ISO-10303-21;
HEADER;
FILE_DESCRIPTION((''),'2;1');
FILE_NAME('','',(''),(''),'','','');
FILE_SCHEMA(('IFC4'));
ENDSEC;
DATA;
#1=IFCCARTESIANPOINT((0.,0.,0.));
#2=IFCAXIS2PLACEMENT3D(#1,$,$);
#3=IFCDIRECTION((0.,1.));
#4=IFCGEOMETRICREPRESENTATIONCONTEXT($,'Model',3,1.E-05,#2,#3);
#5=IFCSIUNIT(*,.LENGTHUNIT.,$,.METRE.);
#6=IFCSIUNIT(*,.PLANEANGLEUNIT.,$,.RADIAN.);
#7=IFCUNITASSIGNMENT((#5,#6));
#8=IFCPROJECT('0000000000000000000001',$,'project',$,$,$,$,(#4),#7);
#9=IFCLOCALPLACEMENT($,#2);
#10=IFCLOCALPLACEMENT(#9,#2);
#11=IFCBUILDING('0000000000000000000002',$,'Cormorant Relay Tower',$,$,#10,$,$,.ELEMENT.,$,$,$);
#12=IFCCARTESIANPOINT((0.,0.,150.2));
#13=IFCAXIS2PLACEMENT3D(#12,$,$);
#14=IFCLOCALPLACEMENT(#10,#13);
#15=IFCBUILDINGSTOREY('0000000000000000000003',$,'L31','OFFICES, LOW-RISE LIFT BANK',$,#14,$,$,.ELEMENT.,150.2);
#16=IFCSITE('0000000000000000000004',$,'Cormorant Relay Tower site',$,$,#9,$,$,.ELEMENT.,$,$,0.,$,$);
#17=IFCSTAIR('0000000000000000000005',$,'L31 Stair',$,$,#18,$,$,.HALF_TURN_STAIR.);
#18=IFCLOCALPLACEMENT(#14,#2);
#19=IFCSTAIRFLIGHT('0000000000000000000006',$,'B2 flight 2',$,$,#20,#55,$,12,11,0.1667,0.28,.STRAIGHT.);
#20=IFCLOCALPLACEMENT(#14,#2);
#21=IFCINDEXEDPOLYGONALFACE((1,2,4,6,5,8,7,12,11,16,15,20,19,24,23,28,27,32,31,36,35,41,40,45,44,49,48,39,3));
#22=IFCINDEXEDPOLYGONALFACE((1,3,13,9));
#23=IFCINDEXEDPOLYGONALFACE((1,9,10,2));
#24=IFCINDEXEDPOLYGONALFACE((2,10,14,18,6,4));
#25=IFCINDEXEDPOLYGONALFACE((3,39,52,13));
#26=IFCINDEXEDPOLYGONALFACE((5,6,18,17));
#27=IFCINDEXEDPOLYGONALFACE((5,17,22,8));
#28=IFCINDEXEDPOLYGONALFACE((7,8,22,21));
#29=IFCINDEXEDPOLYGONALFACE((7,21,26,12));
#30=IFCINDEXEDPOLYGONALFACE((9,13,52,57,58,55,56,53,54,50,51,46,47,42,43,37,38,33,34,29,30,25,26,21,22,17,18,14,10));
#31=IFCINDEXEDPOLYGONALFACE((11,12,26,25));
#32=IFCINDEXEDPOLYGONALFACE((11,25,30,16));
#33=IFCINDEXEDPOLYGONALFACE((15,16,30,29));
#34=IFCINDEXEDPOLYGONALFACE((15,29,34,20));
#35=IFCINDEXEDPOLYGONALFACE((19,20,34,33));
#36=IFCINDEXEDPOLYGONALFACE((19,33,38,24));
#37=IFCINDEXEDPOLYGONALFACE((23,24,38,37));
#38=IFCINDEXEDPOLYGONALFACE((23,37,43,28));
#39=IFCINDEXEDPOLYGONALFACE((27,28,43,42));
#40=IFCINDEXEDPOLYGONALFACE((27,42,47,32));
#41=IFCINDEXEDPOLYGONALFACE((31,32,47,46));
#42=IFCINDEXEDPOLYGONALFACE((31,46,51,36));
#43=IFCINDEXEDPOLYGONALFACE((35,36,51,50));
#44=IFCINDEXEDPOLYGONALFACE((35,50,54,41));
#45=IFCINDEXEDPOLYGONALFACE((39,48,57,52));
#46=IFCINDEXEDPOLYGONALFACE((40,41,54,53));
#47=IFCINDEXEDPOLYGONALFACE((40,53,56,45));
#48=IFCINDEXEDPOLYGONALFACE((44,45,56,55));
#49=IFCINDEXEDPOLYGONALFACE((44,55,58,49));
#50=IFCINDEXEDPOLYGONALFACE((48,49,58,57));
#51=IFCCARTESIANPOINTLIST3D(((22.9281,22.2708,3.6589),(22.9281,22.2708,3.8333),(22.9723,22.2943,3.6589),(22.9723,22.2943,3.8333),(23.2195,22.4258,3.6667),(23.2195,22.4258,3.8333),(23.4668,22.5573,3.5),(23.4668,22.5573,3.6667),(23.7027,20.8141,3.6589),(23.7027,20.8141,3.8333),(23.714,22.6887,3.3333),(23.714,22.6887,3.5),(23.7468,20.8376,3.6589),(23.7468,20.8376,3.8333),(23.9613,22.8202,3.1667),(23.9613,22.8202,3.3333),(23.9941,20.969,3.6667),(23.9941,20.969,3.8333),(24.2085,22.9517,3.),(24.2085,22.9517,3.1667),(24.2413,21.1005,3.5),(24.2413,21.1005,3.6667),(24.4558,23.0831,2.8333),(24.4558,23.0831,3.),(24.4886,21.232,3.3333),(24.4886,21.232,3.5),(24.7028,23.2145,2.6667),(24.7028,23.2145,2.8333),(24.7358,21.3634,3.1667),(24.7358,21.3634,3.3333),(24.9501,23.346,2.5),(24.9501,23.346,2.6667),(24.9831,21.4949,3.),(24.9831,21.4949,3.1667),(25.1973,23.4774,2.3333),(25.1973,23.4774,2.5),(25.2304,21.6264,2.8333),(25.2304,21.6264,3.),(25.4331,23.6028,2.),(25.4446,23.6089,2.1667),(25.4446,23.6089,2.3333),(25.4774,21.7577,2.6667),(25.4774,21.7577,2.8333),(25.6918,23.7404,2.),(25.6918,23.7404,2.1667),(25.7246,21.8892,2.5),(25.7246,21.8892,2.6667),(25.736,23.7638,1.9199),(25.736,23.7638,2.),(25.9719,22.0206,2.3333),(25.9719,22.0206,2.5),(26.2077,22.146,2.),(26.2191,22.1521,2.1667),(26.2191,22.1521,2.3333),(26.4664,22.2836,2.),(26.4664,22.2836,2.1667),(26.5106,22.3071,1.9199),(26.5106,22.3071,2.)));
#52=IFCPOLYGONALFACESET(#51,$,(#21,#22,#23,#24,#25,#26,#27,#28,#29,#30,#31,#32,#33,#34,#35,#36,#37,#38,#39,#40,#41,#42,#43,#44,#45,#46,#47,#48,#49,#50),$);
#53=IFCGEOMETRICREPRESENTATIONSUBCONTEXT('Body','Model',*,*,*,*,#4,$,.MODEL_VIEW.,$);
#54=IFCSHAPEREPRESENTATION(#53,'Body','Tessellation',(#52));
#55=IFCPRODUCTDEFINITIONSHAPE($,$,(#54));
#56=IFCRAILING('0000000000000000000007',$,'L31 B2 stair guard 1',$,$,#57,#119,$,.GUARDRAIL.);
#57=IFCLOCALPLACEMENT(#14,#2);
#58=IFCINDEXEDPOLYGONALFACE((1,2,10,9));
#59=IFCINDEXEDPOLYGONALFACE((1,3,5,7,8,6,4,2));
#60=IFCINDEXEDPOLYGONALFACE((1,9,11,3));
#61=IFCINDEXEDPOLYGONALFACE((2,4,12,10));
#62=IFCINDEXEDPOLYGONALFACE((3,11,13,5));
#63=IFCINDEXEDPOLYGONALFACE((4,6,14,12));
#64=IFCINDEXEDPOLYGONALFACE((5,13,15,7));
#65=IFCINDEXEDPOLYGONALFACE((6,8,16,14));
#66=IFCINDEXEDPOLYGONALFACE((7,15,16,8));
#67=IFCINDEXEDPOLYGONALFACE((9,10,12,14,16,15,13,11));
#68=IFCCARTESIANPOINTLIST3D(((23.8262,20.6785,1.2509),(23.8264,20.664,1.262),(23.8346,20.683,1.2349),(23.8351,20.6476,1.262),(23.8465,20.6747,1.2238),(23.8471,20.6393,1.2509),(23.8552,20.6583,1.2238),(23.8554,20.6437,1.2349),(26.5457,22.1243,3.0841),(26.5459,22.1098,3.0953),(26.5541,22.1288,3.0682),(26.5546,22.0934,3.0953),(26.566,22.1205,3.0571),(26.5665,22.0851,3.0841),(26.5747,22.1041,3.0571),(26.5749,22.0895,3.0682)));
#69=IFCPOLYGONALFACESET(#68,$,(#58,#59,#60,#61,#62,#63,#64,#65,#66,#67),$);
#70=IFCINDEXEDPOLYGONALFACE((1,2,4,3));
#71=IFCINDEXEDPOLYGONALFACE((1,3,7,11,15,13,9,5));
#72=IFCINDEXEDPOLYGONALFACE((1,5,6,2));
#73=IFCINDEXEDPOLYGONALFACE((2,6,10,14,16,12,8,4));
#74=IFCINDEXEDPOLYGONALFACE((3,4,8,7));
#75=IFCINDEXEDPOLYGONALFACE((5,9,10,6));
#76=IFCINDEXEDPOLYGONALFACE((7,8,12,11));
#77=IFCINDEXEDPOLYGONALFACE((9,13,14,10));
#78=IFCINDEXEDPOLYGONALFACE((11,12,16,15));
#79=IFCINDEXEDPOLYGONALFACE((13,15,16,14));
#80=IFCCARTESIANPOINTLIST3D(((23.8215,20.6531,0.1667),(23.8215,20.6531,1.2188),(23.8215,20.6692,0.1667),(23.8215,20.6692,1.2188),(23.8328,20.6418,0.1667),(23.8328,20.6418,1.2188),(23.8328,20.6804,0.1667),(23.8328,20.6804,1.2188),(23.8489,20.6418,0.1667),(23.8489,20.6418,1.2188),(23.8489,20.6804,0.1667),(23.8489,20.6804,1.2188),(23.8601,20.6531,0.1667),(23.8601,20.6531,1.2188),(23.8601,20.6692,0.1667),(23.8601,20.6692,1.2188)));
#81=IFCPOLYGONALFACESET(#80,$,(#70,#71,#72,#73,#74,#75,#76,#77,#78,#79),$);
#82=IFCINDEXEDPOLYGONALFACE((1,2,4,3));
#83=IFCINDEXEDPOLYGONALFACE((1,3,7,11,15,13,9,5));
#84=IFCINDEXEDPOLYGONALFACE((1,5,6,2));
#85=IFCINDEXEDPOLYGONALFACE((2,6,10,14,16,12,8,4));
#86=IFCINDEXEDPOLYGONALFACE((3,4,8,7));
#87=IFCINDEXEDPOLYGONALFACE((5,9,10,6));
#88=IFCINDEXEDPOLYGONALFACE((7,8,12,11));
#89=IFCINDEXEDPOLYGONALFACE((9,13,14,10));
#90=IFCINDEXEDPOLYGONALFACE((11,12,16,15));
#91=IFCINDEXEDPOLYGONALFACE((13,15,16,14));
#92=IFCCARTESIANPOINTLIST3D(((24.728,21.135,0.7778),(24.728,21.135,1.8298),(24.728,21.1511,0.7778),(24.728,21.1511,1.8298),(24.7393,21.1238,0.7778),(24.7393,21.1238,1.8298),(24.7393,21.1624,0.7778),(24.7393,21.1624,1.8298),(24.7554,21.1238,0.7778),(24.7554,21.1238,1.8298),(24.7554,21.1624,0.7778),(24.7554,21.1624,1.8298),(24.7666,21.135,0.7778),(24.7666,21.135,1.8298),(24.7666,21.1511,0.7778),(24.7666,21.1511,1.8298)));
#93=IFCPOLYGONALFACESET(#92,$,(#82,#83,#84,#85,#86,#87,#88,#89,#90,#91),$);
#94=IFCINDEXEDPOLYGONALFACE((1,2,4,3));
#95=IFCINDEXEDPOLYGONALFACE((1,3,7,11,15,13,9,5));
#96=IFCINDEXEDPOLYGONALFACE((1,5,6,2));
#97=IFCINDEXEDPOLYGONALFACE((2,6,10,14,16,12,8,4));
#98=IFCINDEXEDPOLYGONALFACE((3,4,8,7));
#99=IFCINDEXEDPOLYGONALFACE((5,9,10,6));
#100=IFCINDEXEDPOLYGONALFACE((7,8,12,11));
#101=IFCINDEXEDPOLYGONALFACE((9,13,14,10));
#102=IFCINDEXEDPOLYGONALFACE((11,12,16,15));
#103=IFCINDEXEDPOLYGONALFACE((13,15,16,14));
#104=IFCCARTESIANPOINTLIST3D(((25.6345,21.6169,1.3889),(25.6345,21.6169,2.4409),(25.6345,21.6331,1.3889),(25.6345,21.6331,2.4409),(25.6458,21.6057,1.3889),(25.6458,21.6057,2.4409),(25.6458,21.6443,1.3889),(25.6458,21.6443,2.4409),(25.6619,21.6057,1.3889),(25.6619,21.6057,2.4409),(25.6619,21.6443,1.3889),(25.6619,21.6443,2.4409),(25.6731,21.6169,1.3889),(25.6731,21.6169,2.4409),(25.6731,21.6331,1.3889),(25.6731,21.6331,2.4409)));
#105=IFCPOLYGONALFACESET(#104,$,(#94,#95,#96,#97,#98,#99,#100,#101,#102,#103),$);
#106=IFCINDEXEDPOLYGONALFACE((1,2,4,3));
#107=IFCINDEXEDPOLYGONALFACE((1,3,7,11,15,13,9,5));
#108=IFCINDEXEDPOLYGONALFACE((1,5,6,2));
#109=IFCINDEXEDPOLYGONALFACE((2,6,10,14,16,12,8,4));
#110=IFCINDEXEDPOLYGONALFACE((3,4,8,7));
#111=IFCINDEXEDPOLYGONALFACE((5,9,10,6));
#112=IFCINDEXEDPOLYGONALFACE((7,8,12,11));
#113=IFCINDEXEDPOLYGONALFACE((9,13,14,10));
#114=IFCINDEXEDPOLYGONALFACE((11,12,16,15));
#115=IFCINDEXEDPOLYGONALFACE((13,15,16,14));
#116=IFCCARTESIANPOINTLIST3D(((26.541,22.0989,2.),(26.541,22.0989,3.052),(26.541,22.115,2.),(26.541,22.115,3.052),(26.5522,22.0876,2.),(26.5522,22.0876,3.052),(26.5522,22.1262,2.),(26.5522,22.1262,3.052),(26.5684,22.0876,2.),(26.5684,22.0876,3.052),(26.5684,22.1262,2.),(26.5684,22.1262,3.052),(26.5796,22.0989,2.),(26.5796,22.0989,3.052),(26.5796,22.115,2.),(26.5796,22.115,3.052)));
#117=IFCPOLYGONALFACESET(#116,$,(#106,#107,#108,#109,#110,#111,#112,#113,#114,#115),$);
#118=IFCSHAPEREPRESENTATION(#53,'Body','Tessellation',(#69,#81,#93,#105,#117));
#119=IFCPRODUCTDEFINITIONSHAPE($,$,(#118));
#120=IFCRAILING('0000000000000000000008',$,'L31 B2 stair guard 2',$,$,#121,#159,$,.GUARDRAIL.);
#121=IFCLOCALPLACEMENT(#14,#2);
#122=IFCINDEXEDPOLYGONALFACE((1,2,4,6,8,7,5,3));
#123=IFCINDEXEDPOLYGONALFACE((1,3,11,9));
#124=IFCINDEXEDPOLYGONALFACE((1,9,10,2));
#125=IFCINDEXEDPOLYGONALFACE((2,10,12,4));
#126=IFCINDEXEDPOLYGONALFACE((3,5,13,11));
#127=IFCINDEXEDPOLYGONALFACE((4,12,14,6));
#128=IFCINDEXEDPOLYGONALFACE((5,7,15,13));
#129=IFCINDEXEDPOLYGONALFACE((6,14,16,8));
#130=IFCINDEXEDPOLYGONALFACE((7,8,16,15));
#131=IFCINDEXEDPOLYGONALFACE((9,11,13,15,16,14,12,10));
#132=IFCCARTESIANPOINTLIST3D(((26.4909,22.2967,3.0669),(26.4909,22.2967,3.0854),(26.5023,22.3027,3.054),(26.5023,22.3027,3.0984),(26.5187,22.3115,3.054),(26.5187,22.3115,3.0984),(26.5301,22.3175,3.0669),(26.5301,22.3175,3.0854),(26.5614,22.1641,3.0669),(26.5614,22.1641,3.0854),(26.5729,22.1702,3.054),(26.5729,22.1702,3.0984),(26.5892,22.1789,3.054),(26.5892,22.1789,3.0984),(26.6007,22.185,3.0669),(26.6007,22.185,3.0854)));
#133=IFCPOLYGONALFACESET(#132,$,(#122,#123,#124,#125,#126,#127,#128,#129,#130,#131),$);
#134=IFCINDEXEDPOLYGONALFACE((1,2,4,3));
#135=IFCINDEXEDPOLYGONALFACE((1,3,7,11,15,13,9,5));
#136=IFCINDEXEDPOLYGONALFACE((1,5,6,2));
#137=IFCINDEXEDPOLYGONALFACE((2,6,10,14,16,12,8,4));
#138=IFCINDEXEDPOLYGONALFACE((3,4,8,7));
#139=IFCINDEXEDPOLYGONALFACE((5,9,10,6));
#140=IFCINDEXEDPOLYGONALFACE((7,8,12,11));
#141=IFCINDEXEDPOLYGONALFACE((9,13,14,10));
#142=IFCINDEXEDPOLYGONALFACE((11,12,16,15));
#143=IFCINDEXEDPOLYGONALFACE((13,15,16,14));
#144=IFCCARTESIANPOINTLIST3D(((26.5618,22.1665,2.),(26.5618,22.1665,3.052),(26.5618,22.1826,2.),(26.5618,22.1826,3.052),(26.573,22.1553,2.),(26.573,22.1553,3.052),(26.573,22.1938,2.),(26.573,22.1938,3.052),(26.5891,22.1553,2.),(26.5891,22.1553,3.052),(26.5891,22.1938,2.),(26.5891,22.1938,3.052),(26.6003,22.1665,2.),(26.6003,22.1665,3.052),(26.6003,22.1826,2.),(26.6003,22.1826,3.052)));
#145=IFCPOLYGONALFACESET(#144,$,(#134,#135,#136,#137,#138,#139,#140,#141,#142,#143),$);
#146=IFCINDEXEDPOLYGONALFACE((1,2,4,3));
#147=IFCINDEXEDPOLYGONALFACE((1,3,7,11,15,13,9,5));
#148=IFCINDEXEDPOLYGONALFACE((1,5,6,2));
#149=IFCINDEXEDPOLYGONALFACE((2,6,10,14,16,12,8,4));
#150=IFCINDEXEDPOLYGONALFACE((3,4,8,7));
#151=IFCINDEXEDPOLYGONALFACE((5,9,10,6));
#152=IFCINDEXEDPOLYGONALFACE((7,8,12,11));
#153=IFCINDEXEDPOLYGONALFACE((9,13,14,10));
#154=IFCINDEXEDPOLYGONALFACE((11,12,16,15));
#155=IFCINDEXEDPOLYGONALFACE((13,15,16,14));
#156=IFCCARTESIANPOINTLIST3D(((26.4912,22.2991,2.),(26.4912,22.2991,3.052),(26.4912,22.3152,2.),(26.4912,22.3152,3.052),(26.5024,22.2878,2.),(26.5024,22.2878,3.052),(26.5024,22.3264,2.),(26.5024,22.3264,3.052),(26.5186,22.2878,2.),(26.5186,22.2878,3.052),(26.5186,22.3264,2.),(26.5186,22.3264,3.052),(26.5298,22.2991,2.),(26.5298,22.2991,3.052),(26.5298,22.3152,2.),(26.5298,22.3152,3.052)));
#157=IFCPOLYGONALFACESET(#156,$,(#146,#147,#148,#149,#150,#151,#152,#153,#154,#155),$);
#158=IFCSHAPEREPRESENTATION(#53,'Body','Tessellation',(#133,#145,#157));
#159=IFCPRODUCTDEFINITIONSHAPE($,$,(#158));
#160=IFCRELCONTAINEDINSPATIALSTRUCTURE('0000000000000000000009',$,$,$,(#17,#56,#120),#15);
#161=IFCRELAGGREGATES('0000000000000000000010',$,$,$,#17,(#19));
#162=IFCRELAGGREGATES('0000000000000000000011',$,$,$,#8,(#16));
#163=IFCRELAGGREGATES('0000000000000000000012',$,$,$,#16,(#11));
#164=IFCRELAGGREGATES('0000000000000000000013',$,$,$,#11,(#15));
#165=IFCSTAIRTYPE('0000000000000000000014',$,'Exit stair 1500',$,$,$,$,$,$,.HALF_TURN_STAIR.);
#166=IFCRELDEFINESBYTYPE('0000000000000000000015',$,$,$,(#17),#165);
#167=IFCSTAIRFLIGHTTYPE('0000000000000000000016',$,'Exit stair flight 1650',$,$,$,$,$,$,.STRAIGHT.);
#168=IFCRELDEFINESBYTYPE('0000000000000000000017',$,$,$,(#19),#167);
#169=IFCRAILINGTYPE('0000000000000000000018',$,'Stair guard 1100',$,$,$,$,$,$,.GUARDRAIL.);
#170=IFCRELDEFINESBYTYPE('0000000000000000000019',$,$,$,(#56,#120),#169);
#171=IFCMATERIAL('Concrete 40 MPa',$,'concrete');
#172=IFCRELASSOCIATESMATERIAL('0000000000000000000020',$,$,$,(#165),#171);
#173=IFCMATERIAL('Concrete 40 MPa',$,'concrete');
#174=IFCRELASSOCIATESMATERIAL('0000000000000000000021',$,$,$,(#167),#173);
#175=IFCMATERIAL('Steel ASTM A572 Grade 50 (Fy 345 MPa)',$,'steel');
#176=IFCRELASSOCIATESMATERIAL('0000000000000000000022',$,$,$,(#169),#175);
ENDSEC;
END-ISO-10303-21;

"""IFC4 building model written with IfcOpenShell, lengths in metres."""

from ifc_helpers import new_model, si_unit, direction, frame, origin, place, context, subcontext, project, spatial, polyline, outline, extrude, material, type_object, element, aggregate, save


model = new_model("IFC4")

# Units and contexts
model_context = context("Model", 3, precision=1e-05, world=origin(), true_north=direction((0.0, 1.0)))
body_context = subcontext(model_context, "Body", "Model", "MODEL_VIEW")
ifc_project = project(units=[si_unit("LENGTHUNIT", "METRE"), si_unit("PLANEANGLEUNIT", "RADIAN")], contexts=[model_context])

# Site, building, storey
site_placement = place(None, origin())
site = spatial("IfcSite", under=ifc_project, at=site_placement, Name="Cormorant Relay Tower site", CompositionType="ELEMENT", RefElevation=0.0)
building_placement = place(site_placement, origin())
building = spatial("IfcBuilding", under=site, at=building_placement, Name="Cormorant Relay Tower", CompositionType="ELEMENT")
storey_placement = place(building_placement, frame((0.0, 0.0, 150.2)))
storey = spatial("IfcBuildingStorey", under=building, at=storey_placement, Name="L31", Description="OFFICES, LOW-RISE LIFT BANK", CompositionType="ELEMENT", Elevation=150.2)

# Stair, stair flight
ifc_material_1 = material(Name="Concrete 40 MPa", Category="concrete")
stair_type = type_object("IfcStairType", Name="Exit stair 1500", PredefinedType="HALF_TURN_STAIR", material=ifc_material_1)
stair_placement = place(storey_placement, origin())
stair = element("IfcStair", 1, at=stair_placement, inside=storey, type_object=stair_type, Name="L31 Stair", PredefinedType="HALF_TURN_STAIR")
ifc_material_2 = material(Name="Concrete 40 MPa", Category="concrete")
stair_flight_type = type_object("IfcStairFlightType", Name="Exit stair flight 1650", PredefinedType="STRAIGHT", material=ifc_material_2)
stair_flight_placement = place(storey_placement, frame((26.0791, 23.012, 2.0), z_axis=(0.0, 0.0, 1.0), x_axis=(-0.882948, -0.469472, 0.0)))
stair_flight = element("IfcStairFlight", 2, at=stair_flight_placement, type_object=stair_flight_type, Name="B2 flight 2", NumberOfRisers=12, NumberOfTreads=11, PredefinedType="STRAIGHT", RiserHeight=0.1667, TreadLength=0.28, context=body_context, shape_type="SweptSolid", body=[
    extrude(outline(polyline([(-0.05, -0.0801), (-0.05, 0.0), (0.0, 0.0), (0.0, 0.1667), (0.28, 0.1667), (0.28, 0.3333), (0.5601, 0.3333), (0.5601, 0.5), (0.8401, 0.5), (0.8401, 0.6667), (1.1201, 0.6667), (1.1201, 0.8333), (1.3999, 0.8333), (1.3999, 1.0), (1.6799, 1.0), (1.6799, 1.1667), (1.96, 1.1667), (1.96, 1.3333), (2.24, 1.3333), (2.24, 1.5), (2.52, 1.5), (2.52, 1.6667), (2.8, 1.6667), (2.8, 1.8333), (3.0801, 1.8333), (3.1301, 1.8333), (3.1301, 1.6589), (3.0801, 1.6589), (0.293, 0.0), (-0.05, -0.0801)])), frame((0.0, 0.825, 0.0), z_axis=(0.0, -1.0, 0.0), x_axis=(1.0, 0.0, 0.0)), (0.0, 0.0, 1.0), 1.6499),
])
aggregate(stair, [stair_flight])

# Railings
ifc_material_3 = material(Name="Steel ASTM A572 Grade 50 (Fy 345 MPa)", Category="steel")
railing_type_1 = type_object("IfcRailingType", Name="Stair guard 1100", PredefinedType="GUARDRAIL", material=ifc_material_3)
railing_1_placement = place(storey_placement, frame((23.8408, 20.6611, 0.1667)))
element("IfcRailing", 3, at=railing_1_placement, inside=storey, type_object=railing_type_1, Name="L31 B2 stair guard 1", PredefinedType="GUARDRAIL", context=body_context, shape_type="SweptSolid", body=[
    extrude(outline(polyline([(0.0222, 0.0093), (0.0093, 0.0222), (-0.0093, 0.0222), (-0.0222, 0.0093), (-0.0222, -0.0093), (-0.0093, -0.0222), (0.0093, -0.0222), (0.0222, -0.0093), (0.0222, 0.0093)])), frame((0.0, 0.0, 1.0762), z_axis=(0.758735, 0.403378, 0.511477), x_axis=(-0.469428, 0.882971, 0.0)), (0.0, 0.0, 1.0), 3.5842),
    extrude(outline(polyline([(0.0193, 0.0081), (0.0081, 0.0193), (-0.0081, 0.0193), (-0.0193, 0.0081), (-0.0193, -0.0081), (-0.0081, -0.0193), (0.0081, -0.0193), (0.0193, -0.0081), (0.0193, 0.0081)])), origin(), (0.0, 0.0, 1.0), 1.052),
    extrude(outline(polyline([(0.0193, 0.0081), (0.0081, 0.0193), (-0.0081, 0.0193), (-0.0193, 0.0081), (-0.0193, -0.0081), (-0.0081, -0.0193), (0.0081, -0.0193), (0.0193, -0.0081), (0.0193, 0.0081)])), frame((0.9065, 0.4819, 0.6111)), (0.0, 0.0, 1.0), 1.052),
    extrude(outline(polyline([(0.0193, 0.0081), (0.0081, 0.0193), (-0.0081, 0.0193), (-0.0193, 0.0081), (-0.0193, -0.0081), (-0.0081, -0.0193), (0.0081, -0.0193), (0.0193, -0.0081), (0.0193, 0.0081)])), frame((1.813, 0.9639, 1.2222)), (0.0, 0.0, 1.0), 1.052),
    extrude(outline(polyline([(0.0193, 0.0081), (0.0081, 0.0193), (-0.0081, 0.0193), (-0.0193, 0.0081), (-0.0193, -0.0081), (-0.0081, -0.0193), (0.0081, -0.0193), (0.0193, -0.0081), (0.0193, 0.0081)])), frame((2.7195, 1.4458, 1.8333)), (0.0, 0.0, 1.0), 1.052),
])
railing_2_placement = place(storey_placement, frame((26.5811, 22.1746, 2.0)))
element("IfcRailing", 4, at=railing_2_placement, inside=storey, type_object=railing_type_1, Name="L31 B2 stair guard 2", PredefinedType="GUARDRAIL", context=body_context, shape_type="SweptSolid", body=[
    extrude(outline(polyline([(0.0222, 0.0093), (0.0093, 0.0222), (-0.0093, 0.0222), (-0.0222, 0.0093), (-0.0222, -0.0093), (-0.0093, -0.0222), (0.0093, -0.0222), (0.0222, -0.0093), (0.0222, 0.0093)])), frame((0.0, 0.0, 1.0762), z_axis=(-0.469829, 0.882758, 0.0), x_axis=(-0.882758, -0.469829, 0.0)), (0.0, 0.0, 1.0), 0.1501),
    extrude(outline(polyline([(0.0193, 0.0081), (0.0081, 0.0193), (-0.0081, 0.0193), (-0.0193, 0.0081), (-0.0193, -0.0081), (-0.0081, -0.0193), (0.0081, -0.0193), (0.0193, -0.0081), (0.0193, 0.0081)])), origin(), (0.0, 0.0, 1.0), 1.052),
    extrude(outline(polyline([(0.0193, 0.0081), (0.0081, 0.0193), (-0.0081, 0.0193), (-0.0193, 0.0081), (-0.0193, -0.0081), (-0.0081, -0.0193), (0.0081, -0.0193), (0.0193, -0.0081), (0.0193, 0.0081)])), frame((-0.0706, 0.1326, 0.0)), (0.0, 0.0, 1.0), 1.052),
])

save(model, "model.ifc")
